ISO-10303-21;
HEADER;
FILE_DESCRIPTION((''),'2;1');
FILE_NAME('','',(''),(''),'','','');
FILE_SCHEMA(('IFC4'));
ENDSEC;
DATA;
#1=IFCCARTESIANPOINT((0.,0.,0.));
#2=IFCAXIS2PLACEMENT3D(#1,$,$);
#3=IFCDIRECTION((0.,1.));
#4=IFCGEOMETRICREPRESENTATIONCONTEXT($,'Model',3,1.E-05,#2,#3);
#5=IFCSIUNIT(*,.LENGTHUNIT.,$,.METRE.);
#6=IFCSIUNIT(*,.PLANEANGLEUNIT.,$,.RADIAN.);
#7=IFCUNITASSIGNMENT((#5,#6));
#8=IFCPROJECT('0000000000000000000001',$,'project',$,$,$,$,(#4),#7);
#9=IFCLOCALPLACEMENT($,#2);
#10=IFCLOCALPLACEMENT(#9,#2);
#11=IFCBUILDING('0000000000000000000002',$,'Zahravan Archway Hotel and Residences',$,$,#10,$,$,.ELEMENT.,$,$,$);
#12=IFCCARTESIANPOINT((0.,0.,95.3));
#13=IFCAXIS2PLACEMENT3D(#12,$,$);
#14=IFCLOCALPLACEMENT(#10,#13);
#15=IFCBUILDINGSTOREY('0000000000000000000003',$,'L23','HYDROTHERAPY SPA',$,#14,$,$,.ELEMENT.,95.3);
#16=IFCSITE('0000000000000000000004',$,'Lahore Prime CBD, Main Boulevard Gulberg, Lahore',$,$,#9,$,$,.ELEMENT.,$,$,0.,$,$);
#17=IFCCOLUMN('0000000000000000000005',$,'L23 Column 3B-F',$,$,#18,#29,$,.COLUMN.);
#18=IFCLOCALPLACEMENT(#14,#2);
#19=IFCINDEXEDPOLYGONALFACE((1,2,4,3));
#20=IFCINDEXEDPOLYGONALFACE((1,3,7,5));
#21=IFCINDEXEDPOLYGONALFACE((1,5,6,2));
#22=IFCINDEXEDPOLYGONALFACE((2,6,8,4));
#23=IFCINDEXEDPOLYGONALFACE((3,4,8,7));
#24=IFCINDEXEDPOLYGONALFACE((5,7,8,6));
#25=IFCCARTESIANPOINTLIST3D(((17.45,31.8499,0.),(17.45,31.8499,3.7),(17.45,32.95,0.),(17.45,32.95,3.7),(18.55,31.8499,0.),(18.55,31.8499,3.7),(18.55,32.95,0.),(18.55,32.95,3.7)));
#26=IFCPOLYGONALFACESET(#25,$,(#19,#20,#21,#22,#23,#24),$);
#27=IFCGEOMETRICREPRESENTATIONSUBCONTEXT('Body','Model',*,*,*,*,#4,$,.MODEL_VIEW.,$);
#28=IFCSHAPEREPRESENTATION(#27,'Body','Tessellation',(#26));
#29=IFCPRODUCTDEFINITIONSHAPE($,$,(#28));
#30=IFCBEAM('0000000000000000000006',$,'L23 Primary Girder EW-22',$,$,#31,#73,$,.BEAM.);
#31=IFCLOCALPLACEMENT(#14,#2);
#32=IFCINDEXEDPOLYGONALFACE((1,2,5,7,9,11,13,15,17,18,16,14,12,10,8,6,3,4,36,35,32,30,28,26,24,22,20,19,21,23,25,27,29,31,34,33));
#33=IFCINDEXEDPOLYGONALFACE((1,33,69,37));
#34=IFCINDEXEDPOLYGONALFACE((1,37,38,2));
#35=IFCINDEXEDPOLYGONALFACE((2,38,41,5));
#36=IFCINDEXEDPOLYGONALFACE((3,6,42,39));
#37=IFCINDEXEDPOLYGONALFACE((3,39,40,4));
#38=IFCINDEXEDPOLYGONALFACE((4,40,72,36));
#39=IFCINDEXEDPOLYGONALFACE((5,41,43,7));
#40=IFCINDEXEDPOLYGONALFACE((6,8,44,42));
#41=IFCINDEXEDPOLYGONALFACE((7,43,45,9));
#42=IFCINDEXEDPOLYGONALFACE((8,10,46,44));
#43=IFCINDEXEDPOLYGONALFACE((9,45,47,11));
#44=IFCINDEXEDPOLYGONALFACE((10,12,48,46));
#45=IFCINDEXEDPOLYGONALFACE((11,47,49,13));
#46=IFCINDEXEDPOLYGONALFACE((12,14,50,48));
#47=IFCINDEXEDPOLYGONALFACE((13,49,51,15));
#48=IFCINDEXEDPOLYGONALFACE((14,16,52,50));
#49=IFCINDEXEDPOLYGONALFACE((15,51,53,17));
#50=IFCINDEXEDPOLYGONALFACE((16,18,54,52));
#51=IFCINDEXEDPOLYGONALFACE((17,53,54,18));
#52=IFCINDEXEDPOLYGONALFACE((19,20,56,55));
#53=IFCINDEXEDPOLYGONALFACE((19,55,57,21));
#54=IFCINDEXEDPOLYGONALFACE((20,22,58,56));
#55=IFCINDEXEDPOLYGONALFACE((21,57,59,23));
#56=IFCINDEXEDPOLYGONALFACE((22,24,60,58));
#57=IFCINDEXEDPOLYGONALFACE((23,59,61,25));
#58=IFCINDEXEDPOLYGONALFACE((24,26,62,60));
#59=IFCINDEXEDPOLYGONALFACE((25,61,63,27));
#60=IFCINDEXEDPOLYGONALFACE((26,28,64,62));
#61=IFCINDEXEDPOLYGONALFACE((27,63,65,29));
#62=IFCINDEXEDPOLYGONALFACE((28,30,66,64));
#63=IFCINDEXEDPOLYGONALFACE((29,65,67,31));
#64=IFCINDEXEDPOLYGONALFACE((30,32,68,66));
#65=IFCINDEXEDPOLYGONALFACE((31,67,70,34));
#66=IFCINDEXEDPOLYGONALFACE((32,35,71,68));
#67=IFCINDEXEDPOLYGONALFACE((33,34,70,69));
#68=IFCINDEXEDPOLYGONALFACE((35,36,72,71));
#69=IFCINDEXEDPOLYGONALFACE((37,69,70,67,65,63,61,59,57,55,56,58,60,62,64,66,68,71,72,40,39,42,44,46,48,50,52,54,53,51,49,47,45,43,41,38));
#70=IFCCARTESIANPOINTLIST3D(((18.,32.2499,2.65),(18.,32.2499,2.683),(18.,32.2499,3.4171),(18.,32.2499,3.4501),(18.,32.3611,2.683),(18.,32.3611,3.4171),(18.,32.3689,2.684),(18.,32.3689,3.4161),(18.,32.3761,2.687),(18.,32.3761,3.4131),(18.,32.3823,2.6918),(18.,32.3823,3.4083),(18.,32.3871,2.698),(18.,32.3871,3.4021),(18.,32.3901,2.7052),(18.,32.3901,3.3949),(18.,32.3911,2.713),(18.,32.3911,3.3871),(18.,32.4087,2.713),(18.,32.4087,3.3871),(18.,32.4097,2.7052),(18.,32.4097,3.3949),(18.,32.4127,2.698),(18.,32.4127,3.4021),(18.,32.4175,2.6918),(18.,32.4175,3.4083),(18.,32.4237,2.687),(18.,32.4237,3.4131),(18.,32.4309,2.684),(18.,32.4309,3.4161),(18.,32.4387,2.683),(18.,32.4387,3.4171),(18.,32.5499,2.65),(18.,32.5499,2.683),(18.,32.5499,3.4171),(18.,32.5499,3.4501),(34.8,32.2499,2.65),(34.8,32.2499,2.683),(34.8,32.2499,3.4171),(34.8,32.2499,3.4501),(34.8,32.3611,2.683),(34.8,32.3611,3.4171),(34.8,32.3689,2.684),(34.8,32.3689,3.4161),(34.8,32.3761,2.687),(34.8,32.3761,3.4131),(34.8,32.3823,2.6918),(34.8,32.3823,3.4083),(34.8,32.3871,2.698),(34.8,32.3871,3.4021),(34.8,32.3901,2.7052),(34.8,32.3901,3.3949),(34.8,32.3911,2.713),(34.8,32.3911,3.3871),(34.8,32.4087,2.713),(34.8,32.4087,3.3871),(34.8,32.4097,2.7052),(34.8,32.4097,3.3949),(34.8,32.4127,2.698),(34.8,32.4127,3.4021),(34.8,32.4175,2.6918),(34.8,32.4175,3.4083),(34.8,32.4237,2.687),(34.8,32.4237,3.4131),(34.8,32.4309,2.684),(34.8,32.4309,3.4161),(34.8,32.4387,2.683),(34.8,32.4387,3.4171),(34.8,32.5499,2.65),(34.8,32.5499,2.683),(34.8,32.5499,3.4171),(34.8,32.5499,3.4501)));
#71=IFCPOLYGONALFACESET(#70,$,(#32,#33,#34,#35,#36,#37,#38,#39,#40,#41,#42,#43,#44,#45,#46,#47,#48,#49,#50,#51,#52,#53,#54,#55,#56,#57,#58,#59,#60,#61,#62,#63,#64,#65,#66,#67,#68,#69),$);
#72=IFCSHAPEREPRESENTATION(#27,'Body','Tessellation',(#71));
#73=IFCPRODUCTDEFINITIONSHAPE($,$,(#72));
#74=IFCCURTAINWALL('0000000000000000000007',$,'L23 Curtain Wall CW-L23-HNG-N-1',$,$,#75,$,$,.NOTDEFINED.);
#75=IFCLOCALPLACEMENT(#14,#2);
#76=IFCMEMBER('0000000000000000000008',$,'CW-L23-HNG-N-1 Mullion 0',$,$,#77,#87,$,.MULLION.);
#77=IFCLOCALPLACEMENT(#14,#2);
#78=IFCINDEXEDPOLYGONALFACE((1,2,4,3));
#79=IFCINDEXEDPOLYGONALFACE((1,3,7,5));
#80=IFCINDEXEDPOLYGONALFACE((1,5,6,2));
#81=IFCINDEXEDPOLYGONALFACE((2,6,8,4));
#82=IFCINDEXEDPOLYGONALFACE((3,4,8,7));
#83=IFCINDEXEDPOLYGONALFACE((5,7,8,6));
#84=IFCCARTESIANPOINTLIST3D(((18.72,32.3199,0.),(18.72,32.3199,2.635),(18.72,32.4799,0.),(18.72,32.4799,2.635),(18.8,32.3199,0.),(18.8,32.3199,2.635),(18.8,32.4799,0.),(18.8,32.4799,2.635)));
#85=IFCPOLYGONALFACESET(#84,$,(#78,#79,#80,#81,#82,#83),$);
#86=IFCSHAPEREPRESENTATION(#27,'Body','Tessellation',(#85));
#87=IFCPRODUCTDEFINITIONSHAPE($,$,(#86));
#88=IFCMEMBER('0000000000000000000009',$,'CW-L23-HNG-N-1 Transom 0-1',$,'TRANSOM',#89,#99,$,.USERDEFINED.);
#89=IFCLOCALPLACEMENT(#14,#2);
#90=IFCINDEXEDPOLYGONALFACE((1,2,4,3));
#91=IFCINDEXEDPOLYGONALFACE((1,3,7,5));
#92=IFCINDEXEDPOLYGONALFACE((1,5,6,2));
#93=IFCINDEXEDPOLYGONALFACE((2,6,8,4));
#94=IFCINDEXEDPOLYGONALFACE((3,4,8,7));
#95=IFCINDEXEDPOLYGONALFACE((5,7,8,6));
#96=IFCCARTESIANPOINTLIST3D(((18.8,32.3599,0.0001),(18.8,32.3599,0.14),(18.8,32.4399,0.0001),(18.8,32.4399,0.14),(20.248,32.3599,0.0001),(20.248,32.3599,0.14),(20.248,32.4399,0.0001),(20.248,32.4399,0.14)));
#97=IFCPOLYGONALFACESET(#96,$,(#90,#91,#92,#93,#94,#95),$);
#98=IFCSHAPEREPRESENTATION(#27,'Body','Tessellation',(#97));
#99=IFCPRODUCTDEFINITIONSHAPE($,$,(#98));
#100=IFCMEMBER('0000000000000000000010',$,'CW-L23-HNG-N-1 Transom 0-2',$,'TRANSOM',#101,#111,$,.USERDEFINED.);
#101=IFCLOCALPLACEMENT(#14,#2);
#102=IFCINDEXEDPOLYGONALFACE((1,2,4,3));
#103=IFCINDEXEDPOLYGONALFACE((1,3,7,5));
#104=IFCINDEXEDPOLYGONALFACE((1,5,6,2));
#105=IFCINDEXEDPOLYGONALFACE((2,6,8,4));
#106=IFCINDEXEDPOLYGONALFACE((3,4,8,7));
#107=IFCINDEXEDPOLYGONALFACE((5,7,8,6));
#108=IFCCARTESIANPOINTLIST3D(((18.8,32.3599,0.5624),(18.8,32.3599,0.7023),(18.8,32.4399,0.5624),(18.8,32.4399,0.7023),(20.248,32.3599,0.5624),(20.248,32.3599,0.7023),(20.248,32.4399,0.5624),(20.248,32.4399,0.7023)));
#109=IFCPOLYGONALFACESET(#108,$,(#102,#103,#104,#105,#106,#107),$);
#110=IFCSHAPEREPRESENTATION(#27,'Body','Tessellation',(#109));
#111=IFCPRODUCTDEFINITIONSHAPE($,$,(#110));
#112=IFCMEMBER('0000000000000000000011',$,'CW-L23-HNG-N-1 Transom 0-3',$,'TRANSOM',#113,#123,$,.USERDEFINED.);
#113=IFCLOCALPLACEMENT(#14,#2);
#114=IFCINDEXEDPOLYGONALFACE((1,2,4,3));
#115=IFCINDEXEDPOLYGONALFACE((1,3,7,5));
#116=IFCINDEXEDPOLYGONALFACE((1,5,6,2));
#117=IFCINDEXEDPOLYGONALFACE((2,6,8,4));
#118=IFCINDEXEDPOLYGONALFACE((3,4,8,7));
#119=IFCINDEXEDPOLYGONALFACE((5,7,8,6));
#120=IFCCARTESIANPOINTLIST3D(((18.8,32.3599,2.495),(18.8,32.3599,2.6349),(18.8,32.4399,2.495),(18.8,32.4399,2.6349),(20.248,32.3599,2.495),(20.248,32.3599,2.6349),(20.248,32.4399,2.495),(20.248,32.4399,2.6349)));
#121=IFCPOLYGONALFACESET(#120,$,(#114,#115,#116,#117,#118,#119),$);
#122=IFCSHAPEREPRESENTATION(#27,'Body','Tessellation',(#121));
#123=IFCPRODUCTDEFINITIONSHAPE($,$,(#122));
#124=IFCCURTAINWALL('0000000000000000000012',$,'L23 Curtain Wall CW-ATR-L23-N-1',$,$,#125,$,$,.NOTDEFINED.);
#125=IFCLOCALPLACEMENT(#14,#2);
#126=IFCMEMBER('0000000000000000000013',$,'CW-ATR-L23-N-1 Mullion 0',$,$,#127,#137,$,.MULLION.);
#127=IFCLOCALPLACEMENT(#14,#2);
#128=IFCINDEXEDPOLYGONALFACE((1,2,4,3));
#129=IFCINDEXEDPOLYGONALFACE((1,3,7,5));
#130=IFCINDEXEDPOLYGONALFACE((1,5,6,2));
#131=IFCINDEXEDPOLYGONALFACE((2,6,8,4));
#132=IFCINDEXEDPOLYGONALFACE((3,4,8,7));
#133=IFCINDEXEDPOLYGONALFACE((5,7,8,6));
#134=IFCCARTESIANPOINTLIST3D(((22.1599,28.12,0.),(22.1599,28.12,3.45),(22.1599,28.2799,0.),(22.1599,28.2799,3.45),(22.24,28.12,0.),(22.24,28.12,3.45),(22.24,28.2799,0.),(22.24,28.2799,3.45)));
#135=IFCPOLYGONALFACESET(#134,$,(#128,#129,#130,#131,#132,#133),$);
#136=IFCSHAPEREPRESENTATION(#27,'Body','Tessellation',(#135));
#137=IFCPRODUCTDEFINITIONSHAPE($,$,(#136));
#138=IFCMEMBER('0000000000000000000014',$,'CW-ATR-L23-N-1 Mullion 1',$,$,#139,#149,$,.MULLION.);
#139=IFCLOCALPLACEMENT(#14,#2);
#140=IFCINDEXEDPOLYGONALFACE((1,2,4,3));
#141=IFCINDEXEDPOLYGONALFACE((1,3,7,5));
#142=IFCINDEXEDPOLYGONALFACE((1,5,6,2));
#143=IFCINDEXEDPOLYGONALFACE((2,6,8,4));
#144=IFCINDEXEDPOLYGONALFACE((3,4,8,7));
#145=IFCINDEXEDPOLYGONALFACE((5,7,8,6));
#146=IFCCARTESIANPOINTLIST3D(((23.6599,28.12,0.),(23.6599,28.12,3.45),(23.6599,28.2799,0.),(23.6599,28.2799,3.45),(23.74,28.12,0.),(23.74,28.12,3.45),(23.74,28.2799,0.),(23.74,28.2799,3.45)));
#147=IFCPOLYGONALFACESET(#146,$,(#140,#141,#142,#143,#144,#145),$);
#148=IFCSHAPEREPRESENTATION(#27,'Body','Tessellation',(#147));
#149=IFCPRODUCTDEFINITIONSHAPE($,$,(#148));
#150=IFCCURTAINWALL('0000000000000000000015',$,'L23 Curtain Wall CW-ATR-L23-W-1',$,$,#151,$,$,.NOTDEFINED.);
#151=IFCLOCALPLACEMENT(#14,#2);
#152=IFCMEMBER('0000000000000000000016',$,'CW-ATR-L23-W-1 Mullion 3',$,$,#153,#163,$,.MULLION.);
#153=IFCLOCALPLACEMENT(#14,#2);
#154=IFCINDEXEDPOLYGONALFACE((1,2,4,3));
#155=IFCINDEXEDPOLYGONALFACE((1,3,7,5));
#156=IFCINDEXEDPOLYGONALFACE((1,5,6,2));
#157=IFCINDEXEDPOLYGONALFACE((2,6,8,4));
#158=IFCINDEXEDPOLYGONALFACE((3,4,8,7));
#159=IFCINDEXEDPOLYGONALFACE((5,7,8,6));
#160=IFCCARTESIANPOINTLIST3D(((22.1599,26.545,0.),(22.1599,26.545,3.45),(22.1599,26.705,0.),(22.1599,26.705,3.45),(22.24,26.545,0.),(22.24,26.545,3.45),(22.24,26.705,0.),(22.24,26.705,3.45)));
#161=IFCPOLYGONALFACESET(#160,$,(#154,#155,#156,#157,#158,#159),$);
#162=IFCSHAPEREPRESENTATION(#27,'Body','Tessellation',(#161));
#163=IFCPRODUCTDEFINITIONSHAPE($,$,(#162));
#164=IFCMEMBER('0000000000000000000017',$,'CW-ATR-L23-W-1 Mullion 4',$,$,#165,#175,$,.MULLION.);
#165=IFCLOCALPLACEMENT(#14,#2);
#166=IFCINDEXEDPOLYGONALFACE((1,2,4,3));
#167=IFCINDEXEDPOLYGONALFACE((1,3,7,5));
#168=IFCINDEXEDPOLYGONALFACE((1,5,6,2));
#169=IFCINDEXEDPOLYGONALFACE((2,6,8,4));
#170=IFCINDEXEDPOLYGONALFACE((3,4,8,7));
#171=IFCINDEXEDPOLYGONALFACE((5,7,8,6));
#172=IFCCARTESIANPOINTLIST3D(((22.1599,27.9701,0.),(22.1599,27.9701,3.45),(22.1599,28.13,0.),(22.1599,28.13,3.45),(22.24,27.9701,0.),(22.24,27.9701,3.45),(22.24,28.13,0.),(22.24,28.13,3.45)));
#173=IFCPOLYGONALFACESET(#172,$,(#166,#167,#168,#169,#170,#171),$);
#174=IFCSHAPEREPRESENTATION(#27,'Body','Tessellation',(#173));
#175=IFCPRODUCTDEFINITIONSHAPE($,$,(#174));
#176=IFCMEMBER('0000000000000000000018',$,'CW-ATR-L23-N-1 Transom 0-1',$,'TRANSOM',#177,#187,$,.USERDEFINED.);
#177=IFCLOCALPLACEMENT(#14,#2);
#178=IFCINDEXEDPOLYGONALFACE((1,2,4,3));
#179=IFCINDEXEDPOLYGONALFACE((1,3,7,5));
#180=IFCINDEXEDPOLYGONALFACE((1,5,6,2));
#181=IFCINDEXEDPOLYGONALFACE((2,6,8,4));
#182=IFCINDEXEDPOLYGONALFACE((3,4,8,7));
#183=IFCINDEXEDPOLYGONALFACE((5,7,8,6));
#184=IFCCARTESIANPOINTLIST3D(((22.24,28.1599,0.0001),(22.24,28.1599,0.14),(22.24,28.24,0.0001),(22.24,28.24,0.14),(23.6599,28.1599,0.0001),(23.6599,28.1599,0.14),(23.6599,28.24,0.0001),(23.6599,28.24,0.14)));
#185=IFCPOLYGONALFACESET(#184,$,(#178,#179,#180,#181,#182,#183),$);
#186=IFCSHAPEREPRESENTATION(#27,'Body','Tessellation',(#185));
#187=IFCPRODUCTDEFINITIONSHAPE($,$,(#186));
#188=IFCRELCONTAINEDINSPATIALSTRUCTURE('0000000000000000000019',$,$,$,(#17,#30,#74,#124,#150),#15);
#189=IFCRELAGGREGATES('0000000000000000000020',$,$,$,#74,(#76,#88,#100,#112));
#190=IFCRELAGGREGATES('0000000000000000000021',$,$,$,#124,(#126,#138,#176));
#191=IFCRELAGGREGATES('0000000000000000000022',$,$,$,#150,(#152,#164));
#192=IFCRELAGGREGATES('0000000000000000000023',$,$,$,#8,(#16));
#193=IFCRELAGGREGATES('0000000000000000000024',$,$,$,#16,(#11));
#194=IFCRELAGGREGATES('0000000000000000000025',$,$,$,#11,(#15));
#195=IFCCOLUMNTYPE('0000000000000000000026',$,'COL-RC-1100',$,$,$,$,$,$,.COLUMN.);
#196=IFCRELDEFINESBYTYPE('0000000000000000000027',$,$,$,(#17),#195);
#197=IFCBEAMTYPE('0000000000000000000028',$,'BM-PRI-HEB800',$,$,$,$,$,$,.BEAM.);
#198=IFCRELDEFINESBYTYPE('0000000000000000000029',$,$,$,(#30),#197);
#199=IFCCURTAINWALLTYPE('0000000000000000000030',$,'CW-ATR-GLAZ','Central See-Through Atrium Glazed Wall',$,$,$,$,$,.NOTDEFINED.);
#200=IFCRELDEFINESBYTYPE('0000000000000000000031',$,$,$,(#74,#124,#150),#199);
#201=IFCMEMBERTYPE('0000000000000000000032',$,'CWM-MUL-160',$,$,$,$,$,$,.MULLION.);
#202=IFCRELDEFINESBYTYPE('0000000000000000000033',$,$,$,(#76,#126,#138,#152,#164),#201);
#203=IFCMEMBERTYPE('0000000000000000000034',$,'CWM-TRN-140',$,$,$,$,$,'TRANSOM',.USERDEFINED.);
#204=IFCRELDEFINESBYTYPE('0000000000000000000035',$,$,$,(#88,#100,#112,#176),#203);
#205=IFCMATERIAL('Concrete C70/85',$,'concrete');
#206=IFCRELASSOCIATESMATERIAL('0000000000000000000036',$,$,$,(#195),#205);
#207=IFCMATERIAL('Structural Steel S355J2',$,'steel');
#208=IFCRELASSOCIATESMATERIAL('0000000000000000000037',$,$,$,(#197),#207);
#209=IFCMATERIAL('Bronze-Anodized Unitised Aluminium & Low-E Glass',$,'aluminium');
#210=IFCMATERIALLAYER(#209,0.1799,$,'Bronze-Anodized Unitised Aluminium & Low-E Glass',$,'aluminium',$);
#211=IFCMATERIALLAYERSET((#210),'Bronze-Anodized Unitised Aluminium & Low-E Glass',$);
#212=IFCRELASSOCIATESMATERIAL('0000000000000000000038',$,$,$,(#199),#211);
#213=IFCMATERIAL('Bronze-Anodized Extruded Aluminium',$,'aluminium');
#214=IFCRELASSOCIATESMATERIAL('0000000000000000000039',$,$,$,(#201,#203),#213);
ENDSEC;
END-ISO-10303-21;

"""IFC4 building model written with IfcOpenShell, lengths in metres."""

from ifc_helpers import new_model, si_unit, direction, frame, origin, origin_2d, place, context, subcontext, project, spatial, rectangle, i_section, extrude, source, transform, mapped, material, layer, layer_set, material_profile, profile_set, type_object, type_shapes, element, aggregate, save


model = new_model("IFC4")

# Units and contexts
model_context = context("Model", 3, precision=1e-05, world=origin(), true_north=direction((0.0, 1.0)))
body_context = subcontext(model_context, "Body", "Model", "MODEL_VIEW")
ifc_project = project(units=[si_unit("LENGTHUNIT", "METRE"), si_unit("PLANEANGLEUNIT", "RADIAN")], contexts=[model_context])

# Site, building, storey
site_placement = place(None, origin())
site = spatial("IfcSite", under=ifc_project, at=site_placement, Name="Lahore Prime CBD, Main Boulevard Gulberg, Lahore", CompositionType="ELEMENT", RefElevation=0.0)
building_placement = place(site_placement, origin())
building = spatial("IfcBuilding", under=site, at=building_placement, Name="Zahravan Archway Hotel and Residences", CompositionType="ELEMENT")
storey_placement = place(building_placement, frame((0.0, 0.0, 95.3)))
storey = spatial("IfcBuildingStorey", under=building, at=storey_placement, Name="L23", Description="HYDROTHERAPY SPA", CompositionType="ELEMENT", Elevation=95.3)

# Column
ifc_material_1 = material(Name="Concrete C70/85", Category="concrete")
ifc_material_profile_1 = material_profile(ifc_material_1, rectangle(XDim=1.1001, YDim=1.1001, at=origin_2d()), Name="RC 1100x1100", Category="concrete")
ifc_profile_set_1 = profile_set([ifc_material_profile_1], Name="Concrete C70/85")
column_type = type_object("IfcColumnType", Name="COL-RC-1100", PredefinedType="COLUMN", material=ifc_profile_set_1)
shared_shape_1 = source(origin(), body_context, "Body", "SweptSolid", [
    extrude(rectangle(XDim=1.1001, YDim=1.1001, at=origin_2d()), origin(), (0.0, 0.0, 1.0), 3.7),
])
column_placement = place(storey_placement, frame((18.0, 32.3999, 0.0), z_axis=(0.0, 0.0, 1.0), x_axis=(1.0, 0.0, 0.0)))
element("IfcColumn", 1, at=column_placement, inside=storey, type_object=column_type, Name="L23 Column 3B-F", PredefinedType="COLUMN", context=body_context, shape_type="MappedRepresentation", body=[
    mapped(shared_shape_1, transform((0.0, 0.0, 0.0), scale=1.0)),
])

# Beam
ifc_material_2 = material(Name="Structural Steel S355J2", Category="steel")
ifc_material_profile_2 = material_profile(ifc_material_2, i_section(OverallWidth=0.3, OverallDepth=0.8, WebThickness=0.0176, FlangeThickness=0.033, FilletRadius=0.03, at=origin_2d()), Name="HEB 800", Category="steel")
ifc_profile_set_2 = profile_set([ifc_material_profile_2], Name="Structural Steel S355J2")
beam_type = type_object("IfcBeamType", Name="BM-PRI-HEB800", PredefinedType="BEAM", material=ifc_profile_set_2)
shared_shape_2 = source(origin(), body_context, "Body", "SweptSolid", [
    extrude(i_section(OverallWidth=0.3, OverallDepth=0.8, WebThickness=0.0176, FlangeThickness=0.033, FilletRadius=0.03, at=origin_2d()), origin(), (0.0, 0.0, 1.0), 16.8),
])
type_shapes(beam_type, [shared_shape_2])
beam_placement = place(storey_placement, frame((18.0, 32.3999, 3.05), z_axis=(1.0, 0.0, 0.0), x_axis=(0.0, 1.0, 0.0)))
element("IfcBeam", 2, at=beam_placement, inside=storey, type_object=beam_type, Name="L23 Primary Girder EW-22", PredefinedType="BEAM", context=body_context, shape_type="MappedRepresentation", body=[
    mapped(shared_shape_2, transform((0.0, 0.0, 0.0), scale=1.0)),
])

# Curtain walls, members
ifc_material_3 = material(Name="Bronze-Anodized Unitised Aluminium & Low-E Glass", Category="aluminium")
ifc_layer_1 = layer(ifc_material_3, 0.1799, Name="Bronze-Anodized Unitised Aluminium & Low-E Glass", Category="aluminium")
ifc_layer_set_1 = layer_set([ifc_layer_1], Name="Bronze-Anodized Unitised Aluminium & Low-E Glass")
curtain_wall_type = type_object("IfcCurtainWallType", Name="CW-ATR-GLAZ", Description="Central See-Through Atrium Glazed Wall", PredefinedType="NOTDEFINED", material=ifc_layer_set_1)
curtain_wall_1_placement = place(storey_placement, origin())
curtain_wall_1 = element("IfcCurtainWall", 3, at=curtain_wall_1_placement, inside=storey, type_object=curtain_wall_type, Name="L23 Curtain Wall CW-L23-HNG-N-1", PredefinedType="NOTDEFINED")
ifc_material_4 = material(Name="Bronze-Anodized Extruded Aluminium", Category="aluminium")
ifc_material_profile_3 = material_profile(ifc_material_4, rectangle(XDim=0.0801, YDim=0.1599, at=origin_2d()), Name="MUL 80x160", Category="aluminium")
ifc_profile_set_3 = profile_set([ifc_material_profile_3], Name="Bronze-Anodized Extruded Aluminium")
member_type_1 = type_object("IfcMemberType", Name="CWM-MUL-160", PredefinedType="MULLION", material=ifc_profile_set_3)
shared_shape_3 = source(origin(), body_context, "Body", "SweptSolid", [
    extrude(rectangle(XDim=0.0801, YDim=0.1599, at=origin_2d()), origin(), (0.0, 0.0, 1.0), 2.635),
])
member_1_placement = place(storey_placement, frame((18.76, 32.3999, 0.0), z_axis=(0.0, 0.0, 1.0), x_axis=(1.0, 0.0, 0.0)))
member_1 = element("IfcMember", 4, at=member_1_placement, type_object=member_type_1, Name="CW-L23-HNG-N-1 Mullion 0", PredefinedType="MULLION", context=body_context, shape_type="MappedRepresentation", body=[
    mapped(shared_shape_3, transform((0.0, 0.0, 0.0), scale=1.0)),
])
ifc_material_profile_4 = material_profile(ifc_material_4, rectangle(XDim=0.0801, YDim=0.1399, at=origin_2d()), Name="TRN 80x140", Category="aluminium")
ifc_profile_set_4 = profile_set([ifc_material_profile_4], Name="Bronze-Anodized Extruded Aluminium")
member_type_2 = type_object("IfcMemberType", Name="CWM-TRN-140", ElementType="TRANSOM", PredefinedType="USERDEFINED", material=ifc_profile_set_4)
shared_shape_4 = source(origin(), body_context, "Body", "SweptSolid", [
    extrude(rectangle(XDim=0.0801, YDim=0.1399, at=origin_2d()), origin(), (0.0, 0.0, 1.0), 1.448),
])
member_2_placement = place(storey_placement, frame((18.8, 32.3999, 0.0701), z_axis=(1.0, 0.0, 0.0), x_axis=(0.0, 1.0, 0.0)))
member_2 = element("IfcMember", 5, at=member_2_placement, type_object=member_type_2, Name="CW-L23-HNG-N-1 Transom 0-1", ObjectType="TRANSOM", PredefinedType="USERDEFINED", context=body_context, shape_type="MappedRepresentation", body=[
    mapped(shared_shape_4, transform((0.0, 0.0, 0.0), scale=1.0)),
])
member_3_placement = place(storey_placement, frame((18.8, 32.3999, 0.6323), z_axis=(1.0, 0.0, 0.0), x_axis=(0.0, 1.0, 0.0)))
member_3 = element("IfcMember", 6, at=member_3_placement, type_object=member_type_2, Name="CW-L23-HNG-N-1 Transom 0-2", ObjectType="TRANSOM", PredefinedType="USERDEFINED", context=body_context, shape_type="MappedRepresentation", body=[
    mapped(shared_shape_4, transform((0.0, 0.0, 0.0), scale=1.0)),
])
member_4_placement = place(storey_placement, frame((18.8, 32.3999, 2.5649), z_axis=(1.0, 0.0, 0.0), x_axis=(0.0, 1.0, 0.0)))
member_4 = element("IfcMember", 7, at=member_4_placement, type_object=member_type_2, Name="CW-L23-HNG-N-1 Transom 0-3", ObjectType="TRANSOM", PredefinedType="USERDEFINED", context=body_context, shape_type="MappedRepresentation", body=[
    mapped(shared_shape_4, transform((0.0, 0.0, 0.0), scale=1.0)),
])
curtain_wall_2_placement = place(storey_placement, origin())
curtain_wall_2 = element("IfcCurtainWall", 8, at=curtain_wall_2_placement, inside=storey, type_object=curtain_wall_type, Name="L23 Curtain Wall CW-ATR-L23-N-1", PredefinedType="NOTDEFINED")
shared_shape_5 = source(origin(), body_context, "Body", "SweptSolid", [
    extrude(rectangle(XDim=0.0801, YDim=0.1599, at=origin_2d()), origin(), (0.0, 0.0, 1.0), 3.45),
])
member_5_placement = place(storey_placement, frame((22.2, 28.2, 0.0), z_axis=(0.0, 0.0, 1.0), x_axis=(1.0, 0.0, 0.0)))
member_5 = element("IfcMember", 9, at=member_5_placement, type_object=member_type_1, Name="CW-ATR-L23-N-1 Mullion 0", PredefinedType="MULLION", context=body_context, shape_type="MappedRepresentation", body=[
    mapped(shared_shape_5, transform((0.0, 0.0, 0.0), scale=1.0)),
])
member_6_placement = place(storey_placement, frame((23.7, 28.2, 0.0), z_axis=(0.0, 0.0, 1.0), x_axis=(1.0, 0.0, 0.0)))
member_6 = element("IfcMember", 10, at=member_6_placement, type_object=member_type_1, Name="CW-ATR-L23-N-1 Mullion 1", PredefinedType="MULLION", context=body_context, shape_type="MappedRepresentation", body=[
    mapped(shared_shape_5, transform((0.0, 0.0, 0.0), scale=1.0)),
])
curtain_wall_3_placement = place(storey_placement, origin())
curtain_wall_3 = element("IfcCurtainWall", 11, at=curtain_wall_3_placement, inside=storey, type_object=curtain_wall_type, Name="L23 Curtain Wall CW-ATR-L23-W-1", PredefinedType="NOTDEFINED")
member_7_placement = place(storey_placement, frame((22.2, 26.625, 0.0), z_axis=(0.0, 0.0, 1.0), x_axis=(1.0, 0.0, 0.0)))
member_7 = element("IfcMember", 12, at=member_7_placement, type_object=member_type_1, Name="CW-ATR-L23-W-1 Mullion 3", PredefinedType="MULLION", context=body_context, shape_type="MappedRepresentation", body=[
    mapped(shared_shape_5, transform((0.0, 0.0, 0.0), scale=1.0)),
])
member_8_placement = place(storey_placement, frame((22.2, 28.05, 0.0), z_axis=(0.0, 0.0, 1.0), x_axis=(1.0, 0.0, 0.0)))
member_8 = element("IfcMember", 13, at=member_8_placement, type_object=member_type_1, Name="CW-ATR-L23-W-1 Mullion 4", PredefinedType="MULLION", context=body_context, shape_type="MappedRepresentation", body=[
    mapped(shared_shape_5, transform((0.0, 0.0, 0.0), scale=1.0)),
])

# Member
shared_shape_6 = source(origin(), body_context, "Body", "SweptSolid", [
    extrude(rectangle(XDim=0.0801, YDim=0.1399, at=origin_2d()), origin(), (0.0, 0.0, 1.0), 1.4199),
])
member_9_placement = place(storey_placement, frame((22.24, 28.2, 0.0701), z_axis=(1.0, 0.0, 0.0), x_axis=(0.0, 1.0, 0.0)))
member_9 = element("IfcMember", 14, at=member_9_placement, type_object=member_type_2, Name="CW-ATR-L23-N-1 Transom 0-1", ObjectType="TRANSOM", PredefinedType="USERDEFINED", context=body_context, shape_type="MappedRepresentation", body=[
    mapped(shared_shape_6, transform((0.0, 0.0, 0.0), scale=1.0)),
])

aggregate(curtain_wall_1, [member_1, member_2, member_3, member_4])
aggregate(curtain_wall_2, [member_5, member_6, member_9])
aggregate(curtain_wall_3, [member_7, member_8])

save(model, "model.ifc")
